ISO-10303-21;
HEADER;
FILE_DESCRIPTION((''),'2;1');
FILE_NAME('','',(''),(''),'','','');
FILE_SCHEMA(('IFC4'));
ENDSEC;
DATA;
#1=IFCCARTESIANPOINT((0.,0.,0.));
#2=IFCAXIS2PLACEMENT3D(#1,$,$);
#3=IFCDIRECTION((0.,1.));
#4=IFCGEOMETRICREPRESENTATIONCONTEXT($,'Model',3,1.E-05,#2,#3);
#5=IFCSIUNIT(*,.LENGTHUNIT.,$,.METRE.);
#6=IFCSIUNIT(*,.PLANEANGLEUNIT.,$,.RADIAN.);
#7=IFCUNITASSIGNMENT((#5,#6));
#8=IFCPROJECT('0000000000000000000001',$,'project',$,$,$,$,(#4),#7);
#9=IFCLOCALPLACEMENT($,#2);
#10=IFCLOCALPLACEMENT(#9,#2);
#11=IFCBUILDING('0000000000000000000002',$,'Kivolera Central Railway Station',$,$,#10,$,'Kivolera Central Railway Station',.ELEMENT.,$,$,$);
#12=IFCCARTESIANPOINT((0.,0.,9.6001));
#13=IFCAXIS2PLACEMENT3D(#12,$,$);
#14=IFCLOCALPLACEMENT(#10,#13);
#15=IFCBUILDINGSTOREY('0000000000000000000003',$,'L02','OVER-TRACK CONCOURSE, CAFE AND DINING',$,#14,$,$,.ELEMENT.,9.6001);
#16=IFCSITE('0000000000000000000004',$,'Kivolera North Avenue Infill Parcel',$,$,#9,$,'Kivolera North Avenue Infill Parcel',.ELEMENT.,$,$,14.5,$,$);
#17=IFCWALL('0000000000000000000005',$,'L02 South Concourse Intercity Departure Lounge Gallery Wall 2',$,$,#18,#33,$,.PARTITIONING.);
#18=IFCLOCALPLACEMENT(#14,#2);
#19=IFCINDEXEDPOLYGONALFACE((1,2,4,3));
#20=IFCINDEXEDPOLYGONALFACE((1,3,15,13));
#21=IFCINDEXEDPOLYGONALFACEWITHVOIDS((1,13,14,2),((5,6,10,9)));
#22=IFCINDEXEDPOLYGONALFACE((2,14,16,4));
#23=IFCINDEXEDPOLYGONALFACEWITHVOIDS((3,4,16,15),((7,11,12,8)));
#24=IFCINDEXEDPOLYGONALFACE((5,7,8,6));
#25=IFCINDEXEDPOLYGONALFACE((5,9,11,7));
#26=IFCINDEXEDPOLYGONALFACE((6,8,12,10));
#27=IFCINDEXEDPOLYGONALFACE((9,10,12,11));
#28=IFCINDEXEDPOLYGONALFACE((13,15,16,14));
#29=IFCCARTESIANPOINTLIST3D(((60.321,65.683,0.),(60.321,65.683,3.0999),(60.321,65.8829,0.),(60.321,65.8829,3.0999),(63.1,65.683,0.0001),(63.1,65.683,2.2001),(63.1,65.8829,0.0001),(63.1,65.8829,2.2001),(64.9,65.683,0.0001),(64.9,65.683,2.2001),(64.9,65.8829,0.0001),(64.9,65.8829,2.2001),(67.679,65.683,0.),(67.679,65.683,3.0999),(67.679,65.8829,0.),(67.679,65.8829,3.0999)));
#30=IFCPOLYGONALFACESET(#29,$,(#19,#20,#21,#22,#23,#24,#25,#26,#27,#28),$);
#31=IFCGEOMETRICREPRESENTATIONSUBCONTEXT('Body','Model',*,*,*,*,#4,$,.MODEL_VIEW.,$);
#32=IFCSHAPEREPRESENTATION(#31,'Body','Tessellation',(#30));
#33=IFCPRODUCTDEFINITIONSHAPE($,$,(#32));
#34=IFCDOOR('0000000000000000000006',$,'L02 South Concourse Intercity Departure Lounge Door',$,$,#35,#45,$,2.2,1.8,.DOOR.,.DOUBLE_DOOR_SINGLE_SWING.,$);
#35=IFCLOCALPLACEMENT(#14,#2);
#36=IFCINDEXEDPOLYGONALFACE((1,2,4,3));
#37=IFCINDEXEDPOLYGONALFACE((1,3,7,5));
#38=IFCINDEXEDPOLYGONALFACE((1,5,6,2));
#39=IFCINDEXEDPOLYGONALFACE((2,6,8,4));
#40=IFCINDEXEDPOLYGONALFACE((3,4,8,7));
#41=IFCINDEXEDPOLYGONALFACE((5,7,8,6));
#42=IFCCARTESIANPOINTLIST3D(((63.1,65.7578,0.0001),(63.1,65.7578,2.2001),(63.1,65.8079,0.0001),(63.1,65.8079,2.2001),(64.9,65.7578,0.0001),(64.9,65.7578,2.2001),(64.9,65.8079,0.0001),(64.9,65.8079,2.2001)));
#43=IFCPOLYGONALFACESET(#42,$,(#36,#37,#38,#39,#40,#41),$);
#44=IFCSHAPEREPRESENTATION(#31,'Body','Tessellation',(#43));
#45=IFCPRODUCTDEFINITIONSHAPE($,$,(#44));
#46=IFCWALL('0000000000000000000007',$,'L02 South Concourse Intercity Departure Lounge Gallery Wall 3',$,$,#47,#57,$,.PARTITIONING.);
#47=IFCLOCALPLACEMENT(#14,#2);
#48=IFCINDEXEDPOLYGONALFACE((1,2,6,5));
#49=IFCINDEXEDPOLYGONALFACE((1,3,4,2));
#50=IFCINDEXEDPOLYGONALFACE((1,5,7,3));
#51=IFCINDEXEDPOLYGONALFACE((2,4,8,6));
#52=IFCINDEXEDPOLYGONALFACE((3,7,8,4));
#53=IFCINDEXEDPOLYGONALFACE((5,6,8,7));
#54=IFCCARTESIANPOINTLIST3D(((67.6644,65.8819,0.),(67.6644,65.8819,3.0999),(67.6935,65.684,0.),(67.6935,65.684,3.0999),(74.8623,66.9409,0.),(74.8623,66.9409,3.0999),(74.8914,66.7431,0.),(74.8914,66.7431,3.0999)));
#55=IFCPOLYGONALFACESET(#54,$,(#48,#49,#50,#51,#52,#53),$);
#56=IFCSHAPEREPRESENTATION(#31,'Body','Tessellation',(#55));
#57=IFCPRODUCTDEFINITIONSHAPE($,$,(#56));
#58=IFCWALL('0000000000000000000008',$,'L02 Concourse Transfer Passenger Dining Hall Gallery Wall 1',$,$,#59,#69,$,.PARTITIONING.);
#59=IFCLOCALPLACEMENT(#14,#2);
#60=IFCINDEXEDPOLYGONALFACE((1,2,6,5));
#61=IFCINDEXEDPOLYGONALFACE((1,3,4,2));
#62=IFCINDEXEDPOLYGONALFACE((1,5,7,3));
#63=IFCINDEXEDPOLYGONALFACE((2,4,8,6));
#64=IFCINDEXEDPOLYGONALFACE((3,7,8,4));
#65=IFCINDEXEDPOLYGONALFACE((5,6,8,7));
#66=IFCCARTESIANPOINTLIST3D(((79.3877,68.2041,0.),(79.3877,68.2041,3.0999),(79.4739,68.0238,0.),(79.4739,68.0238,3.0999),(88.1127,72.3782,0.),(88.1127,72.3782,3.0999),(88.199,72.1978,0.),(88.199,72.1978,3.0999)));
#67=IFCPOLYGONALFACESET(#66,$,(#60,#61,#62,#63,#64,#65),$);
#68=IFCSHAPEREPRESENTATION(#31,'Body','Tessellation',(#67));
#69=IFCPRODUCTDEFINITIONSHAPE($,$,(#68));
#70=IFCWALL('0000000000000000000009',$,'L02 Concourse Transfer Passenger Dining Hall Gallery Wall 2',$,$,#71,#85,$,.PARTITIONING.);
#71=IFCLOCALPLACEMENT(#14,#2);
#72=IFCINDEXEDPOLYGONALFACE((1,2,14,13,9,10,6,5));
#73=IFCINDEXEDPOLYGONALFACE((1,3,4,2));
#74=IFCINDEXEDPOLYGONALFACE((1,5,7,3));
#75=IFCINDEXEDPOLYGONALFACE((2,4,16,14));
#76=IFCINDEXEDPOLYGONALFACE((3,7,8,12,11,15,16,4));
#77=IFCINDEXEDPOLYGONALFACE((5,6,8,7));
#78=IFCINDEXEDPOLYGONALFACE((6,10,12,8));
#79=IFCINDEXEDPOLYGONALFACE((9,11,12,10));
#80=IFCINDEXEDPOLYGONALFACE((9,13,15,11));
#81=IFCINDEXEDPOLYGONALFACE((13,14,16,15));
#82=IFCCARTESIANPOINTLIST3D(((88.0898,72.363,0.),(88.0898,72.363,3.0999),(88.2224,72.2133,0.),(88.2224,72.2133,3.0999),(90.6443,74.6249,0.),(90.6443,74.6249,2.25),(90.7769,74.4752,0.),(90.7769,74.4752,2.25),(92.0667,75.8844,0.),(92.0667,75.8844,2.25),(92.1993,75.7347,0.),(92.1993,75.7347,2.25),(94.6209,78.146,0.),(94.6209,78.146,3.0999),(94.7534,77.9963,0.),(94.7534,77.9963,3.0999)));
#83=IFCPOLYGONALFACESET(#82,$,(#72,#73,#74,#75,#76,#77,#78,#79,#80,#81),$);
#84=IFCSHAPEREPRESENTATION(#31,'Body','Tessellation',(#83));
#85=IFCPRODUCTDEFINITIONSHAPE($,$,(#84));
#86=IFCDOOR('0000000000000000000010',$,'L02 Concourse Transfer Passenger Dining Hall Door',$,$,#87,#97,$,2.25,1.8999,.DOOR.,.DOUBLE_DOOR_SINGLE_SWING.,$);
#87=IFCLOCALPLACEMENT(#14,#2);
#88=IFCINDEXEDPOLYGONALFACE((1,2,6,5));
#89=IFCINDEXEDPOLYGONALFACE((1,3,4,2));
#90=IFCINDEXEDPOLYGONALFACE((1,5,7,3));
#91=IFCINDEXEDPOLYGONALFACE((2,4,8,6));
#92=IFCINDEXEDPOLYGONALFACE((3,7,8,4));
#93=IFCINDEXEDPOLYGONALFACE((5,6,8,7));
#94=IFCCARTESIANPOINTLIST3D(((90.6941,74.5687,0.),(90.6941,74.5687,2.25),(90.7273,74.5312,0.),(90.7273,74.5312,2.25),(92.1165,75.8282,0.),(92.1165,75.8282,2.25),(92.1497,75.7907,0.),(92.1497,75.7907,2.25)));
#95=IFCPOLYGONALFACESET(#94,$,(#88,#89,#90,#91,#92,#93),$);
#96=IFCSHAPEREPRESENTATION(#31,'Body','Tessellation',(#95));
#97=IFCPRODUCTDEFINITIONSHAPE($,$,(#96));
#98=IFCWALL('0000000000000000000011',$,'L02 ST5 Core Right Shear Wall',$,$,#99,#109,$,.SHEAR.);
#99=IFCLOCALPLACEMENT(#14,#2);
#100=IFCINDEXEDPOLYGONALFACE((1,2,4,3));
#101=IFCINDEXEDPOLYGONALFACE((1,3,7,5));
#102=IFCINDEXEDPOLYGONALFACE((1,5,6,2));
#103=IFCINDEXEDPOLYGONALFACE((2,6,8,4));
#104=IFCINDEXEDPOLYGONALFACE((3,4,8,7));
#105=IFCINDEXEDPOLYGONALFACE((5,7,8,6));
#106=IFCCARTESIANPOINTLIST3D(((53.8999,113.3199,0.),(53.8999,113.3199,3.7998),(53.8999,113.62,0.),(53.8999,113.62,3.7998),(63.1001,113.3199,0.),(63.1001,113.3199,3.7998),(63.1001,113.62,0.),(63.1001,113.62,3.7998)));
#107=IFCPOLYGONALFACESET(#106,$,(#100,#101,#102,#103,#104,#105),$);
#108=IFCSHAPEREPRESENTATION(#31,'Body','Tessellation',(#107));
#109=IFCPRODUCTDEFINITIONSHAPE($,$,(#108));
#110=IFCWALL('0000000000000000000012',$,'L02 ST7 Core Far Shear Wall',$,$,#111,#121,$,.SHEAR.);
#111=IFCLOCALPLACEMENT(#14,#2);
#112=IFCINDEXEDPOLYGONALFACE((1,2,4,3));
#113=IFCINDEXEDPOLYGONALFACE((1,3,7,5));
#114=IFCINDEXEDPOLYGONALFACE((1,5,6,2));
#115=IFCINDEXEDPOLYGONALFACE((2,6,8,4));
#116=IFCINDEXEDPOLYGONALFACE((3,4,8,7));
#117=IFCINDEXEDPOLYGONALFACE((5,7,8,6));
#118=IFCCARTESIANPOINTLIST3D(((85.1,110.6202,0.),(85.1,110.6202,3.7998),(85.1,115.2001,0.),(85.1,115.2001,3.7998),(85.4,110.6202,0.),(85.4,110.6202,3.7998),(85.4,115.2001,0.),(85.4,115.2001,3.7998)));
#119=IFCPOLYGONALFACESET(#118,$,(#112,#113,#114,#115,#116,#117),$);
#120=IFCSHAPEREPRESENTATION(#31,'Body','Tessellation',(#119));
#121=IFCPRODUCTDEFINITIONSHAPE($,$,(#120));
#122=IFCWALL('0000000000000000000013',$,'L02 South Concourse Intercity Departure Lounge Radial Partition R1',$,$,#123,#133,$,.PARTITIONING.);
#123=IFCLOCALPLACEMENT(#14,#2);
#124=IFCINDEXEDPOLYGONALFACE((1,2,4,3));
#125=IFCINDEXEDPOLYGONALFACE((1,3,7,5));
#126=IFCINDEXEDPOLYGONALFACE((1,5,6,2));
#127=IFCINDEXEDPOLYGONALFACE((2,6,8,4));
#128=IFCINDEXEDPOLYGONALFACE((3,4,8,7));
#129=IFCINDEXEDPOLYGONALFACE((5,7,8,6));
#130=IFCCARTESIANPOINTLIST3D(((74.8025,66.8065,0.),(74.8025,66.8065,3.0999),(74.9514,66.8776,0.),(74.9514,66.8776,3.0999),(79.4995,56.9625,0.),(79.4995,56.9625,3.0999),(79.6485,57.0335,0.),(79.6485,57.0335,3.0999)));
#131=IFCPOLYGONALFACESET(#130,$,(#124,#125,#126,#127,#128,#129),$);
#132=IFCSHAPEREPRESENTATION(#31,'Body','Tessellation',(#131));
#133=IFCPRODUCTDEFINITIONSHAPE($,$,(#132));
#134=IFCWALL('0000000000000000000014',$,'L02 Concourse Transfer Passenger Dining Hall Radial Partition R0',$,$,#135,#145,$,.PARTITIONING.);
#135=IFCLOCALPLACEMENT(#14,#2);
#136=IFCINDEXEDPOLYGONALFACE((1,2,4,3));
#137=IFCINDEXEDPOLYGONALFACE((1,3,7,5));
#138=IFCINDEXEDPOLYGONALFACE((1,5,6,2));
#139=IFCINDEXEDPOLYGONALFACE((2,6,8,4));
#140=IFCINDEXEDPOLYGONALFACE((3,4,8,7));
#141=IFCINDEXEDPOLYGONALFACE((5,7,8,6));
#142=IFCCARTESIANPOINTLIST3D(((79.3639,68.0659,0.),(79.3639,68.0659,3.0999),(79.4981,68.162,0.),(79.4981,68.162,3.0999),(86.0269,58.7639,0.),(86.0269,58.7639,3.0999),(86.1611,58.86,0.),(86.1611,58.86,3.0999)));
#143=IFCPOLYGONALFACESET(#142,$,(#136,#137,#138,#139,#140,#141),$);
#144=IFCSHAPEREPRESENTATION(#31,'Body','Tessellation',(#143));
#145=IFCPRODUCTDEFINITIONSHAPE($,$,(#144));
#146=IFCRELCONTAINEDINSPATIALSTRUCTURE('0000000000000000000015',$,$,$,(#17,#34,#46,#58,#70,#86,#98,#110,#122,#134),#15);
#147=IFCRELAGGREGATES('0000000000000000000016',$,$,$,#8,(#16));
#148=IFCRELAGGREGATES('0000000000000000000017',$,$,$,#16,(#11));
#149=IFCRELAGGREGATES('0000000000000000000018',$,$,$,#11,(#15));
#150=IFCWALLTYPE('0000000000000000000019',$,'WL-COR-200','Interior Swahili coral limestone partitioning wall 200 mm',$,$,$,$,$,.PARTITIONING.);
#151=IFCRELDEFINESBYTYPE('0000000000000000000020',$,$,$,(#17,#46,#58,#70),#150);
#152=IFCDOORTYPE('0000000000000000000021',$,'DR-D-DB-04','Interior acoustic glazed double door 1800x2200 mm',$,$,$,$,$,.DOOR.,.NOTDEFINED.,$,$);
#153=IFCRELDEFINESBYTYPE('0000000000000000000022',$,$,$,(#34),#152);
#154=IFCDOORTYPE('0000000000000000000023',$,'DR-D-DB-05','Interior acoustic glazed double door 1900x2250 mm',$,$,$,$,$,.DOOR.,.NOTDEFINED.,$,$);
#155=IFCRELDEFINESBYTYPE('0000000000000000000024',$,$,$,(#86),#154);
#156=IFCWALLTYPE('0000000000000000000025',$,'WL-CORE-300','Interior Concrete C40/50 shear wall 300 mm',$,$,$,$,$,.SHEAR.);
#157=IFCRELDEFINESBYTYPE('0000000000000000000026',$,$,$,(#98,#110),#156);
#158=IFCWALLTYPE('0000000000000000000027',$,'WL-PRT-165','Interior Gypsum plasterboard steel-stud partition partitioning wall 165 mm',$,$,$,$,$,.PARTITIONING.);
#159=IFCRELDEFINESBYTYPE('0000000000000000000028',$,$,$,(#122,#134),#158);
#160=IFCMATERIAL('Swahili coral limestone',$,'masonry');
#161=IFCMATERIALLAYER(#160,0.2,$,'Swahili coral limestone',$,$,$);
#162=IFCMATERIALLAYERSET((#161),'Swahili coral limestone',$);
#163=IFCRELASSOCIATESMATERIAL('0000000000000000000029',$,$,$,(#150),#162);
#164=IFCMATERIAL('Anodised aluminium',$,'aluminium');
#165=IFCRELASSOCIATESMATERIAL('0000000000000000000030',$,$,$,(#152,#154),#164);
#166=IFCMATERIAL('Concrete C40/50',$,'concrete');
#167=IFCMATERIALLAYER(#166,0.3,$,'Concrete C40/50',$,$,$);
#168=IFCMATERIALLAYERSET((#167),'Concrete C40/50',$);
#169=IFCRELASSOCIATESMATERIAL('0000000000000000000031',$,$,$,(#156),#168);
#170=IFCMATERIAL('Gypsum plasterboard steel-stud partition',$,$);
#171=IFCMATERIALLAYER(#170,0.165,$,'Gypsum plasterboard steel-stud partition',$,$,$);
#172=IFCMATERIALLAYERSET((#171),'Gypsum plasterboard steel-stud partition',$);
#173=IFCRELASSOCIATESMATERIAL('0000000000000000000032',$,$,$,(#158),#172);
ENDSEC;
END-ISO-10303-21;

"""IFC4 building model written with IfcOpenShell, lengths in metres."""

from ifc_helpers import new_model, si_unit, direction, frame, frame_2d, origin, place, context, subcontext, project, spatial, rectangle, extrude, material, layer, layer_set, type_object, element, fill, save


model = new_model("IFC4")

# Units and contexts
model_context = context("Model", 3, precision=1e-05, world=origin(), true_north=direction((0.0, 1.0)))
body_context = subcontext(model_context, "Body", "Model", "MODEL_VIEW")
ifc_project = project(units=[si_unit("LENGTHUNIT", "METRE"), si_unit("PLANEANGLEUNIT", "RADIAN")], contexts=[model_context])

# Site, building, storey
site_placement = place(None, origin())
site = spatial("IfcSite", under=ifc_project, at=site_placement, Name="Kivolera North Avenue Infill Parcel", LongName="Kivolera North Avenue Infill Parcel", CompositionType="ELEMENT", RefElevation=14.5)
building_placement = place(site_placement, origin())
building = spatial("IfcBuilding", under=site, at=building_placement, Name="Kivolera Central Railway Station", LongName="Kivolera Central Railway Station", CompositionType="ELEMENT")
storey_placement = place(building_placement, frame((0.0, 0.0, 9.6001)))
storey = spatial("IfcBuildingStorey", under=building, at=storey_placement, Name="L02", Description="OVER-TRACK CONCOURSE, CAFE AND DINING", CompositionType="ELEMENT", Elevation=9.6001)

# Wall, opening, door
ifc_material_1 = material(Name="Swahili coral limestone", Category="masonry")
ifc_layer_1 = layer(ifc_material_1, 0.2, Name="Swahili coral limestone")
ifc_layer_set_1 = layer_set([ifc_layer_1], Name="Swahili coral limestone")
wall_type_1 = type_object("IfcWallType", Name="WL-COR-200", Description="Interior Swahili coral limestone partitioning wall 200 mm", PredefinedType="PARTITIONING", material=ifc_layer_set_1)
wall_1_placement = place(storey_placement, frame((60.321, 65.783, 0.0), z_axis=(0.0, 0.0, 1.0), x_axis=(1.0, 0.0, 0.0)))
wall_1 = element("IfcWall", 1, at=wall_1_placement, inside=storey, type_object=wall_type_1, Name="L02 South Concourse Intercity Departure Lounge Gallery Wall 2", PredefinedType="PARTITIONING", context=body_context, shape_type="SweptSolid", body=[
    extrude(rectangle(XDim=7.3579, YDim=0.2, at=frame_2d((3.679, 0.0))), origin(), (0.0, 0.0, 1.0), 3.0999),
])
opening_1_placement = place(wall_1_placement, frame((2.7791, 0.0, 0.0)))
opening_1 = element("IfcOpeningElement", 2, at=opening_1_placement, cuts=wall_1, PredefinedType="OPENING", context=body_context, shape_type="SweptSolid", body=[
    extrude(rectangle(XDim=1.8, YDim=2.2, at=frame_2d((0.8999, 1.1001))), frame((0.0, 0.1099, 0.0), z_axis=(0.0, -1.0, 0.0), x_axis=(1.0, 0.0, 0.0)), (0.0, 0.0, 1.0), 0.22),
])
ifc_material_2 = material(Name="Anodised aluminium", Category="aluminium")
door_type_1 = type_object("IfcDoorType", Name="DR-D-DB-04", Description="Interior acoustic glazed double door 1800x2200 mm", OperationType="NOTDEFINED", PredefinedType="DOOR", material=ifc_material_2)
door_1_placement = place(opening_1_placement, origin())
door_1 = element("IfcDoor", 3, at=door_1_placement, inside=storey, type_object=door_type_1, Name="L02 South Concourse Intercity Departure Lounge Door", OperationType="DOUBLE_DOOR_SINGLE_SWING", OverallHeight=2.2, OverallWidth=1.8, PredefinedType="DOOR", context=body_context, shape_type="SweptSolid", body=[
    extrude(rectangle(XDim=1.8, YDim=2.2, at=frame_2d((0.8999, 1.1001))), frame((0.0, 0.0249, 0.0), z_axis=(0.0, -1.0, 0.0), x_axis=(1.0, 0.0, 0.0)), (0.0, 0.0, 1.0), 0.05),
])
fill(opening_1, door_1)

# Walls
wall_2_placement = place(storey_placement, frame((67.679, 65.783, 0.0), z_axis=(0.0, 0.0, 1.0), x_axis=(0.989348, 0.145568, 0.0)))
element("IfcWall", 4, at=wall_2_placement, inside=storey, type_object=wall_type_1, Name="L02 South Concourse Intercity Departure Lounge Gallery Wall 3", PredefinedType="PARTITIONING", context=body_context, shape_type="SweptSolid", body=[
    extrude(rectangle(XDim=7.2754, YDim=0.2, at=frame_2d((3.6377, 0.0))), origin(), (0.0, 0.0, 1.0), 3.0999),
])
wall_3_placement = place(storey_placement, frame((79.4309, 68.114, 0.0), z_axis=(0.0, 0.0, 1.0), x_axis=(0.902086, 0.431556, 0.0)))
element("IfcWall", 5, at=wall_3_placement, inside=storey, type_object=wall_type_1, Name="L02 Concourse Transfer Passenger Dining Hall Gallery Wall 1", PredefinedType="PARTITIONING", context=body_context, shape_type="SweptSolid", body=[
    extrude(rectangle(XDim=9.6721, YDim=0.2, at=frame_2d((4.8359, 0.0))), origin(), (0.0, 0.0, 1.0), 3.0999),
])

# Wall, opening, door
wall_4_placement = place(storey_placement, frame((88.156, 72.2881, 0.0), z_axis=(0.0, 0.0, 1.0), x_axis=(0.748682, 0.662929, 0.0)))
wall_4 = element("IfcWall", 6, at=wall_4_placement, inside=storey, type_object=wall_type_1, Name="L02 Concourse Transfer Passenger Dining Hall Gallery Wall 2", PredefinedType="PARTITIONING", context=body_context, shape_type="SweptSolid", body=[
    extrude(rectangle(XDim=8.7234, YDim=0.2, at=frame_2d((4.3618, 0.0))), origin(), (0.0, 0.0, 1.0), 3.0999),
])
opening_2_placement = place(wall_4_placement, frame((3.4121, 0.0, 0.0)))
opening_2 = element("IfcOpeningElement", 7, at=opening_2_placement, cuts=wall_4, PredefinedType="OPENING", context=body_context, shape_type="SweptSolid", body=[
    extrude(rectangle(XDim=1.8999, YDim=2.25, at=frame_2d((0.95, 1.125))), frame((0.0, 0.1099, 0.0), z_axis=(0.0, -1.0, 0.0), x_axis=(1.0, 0.0, 0.0)), (0.0, 0.0, 1.0), 0.22),
])
door_type_2 = type_object("IfcDoorType", Name="DR-D-DB-05", Description="Interior acoustic glazed double door 1900x2250 mm", OperationType="NOTDEFINED", PredefinedType="DOOR", material=ifc_material_2)
door_2_placement = place(opening_2_placement, origin())
door_2 = element("IfcDoor", 8, at=door_2_placement, inside=storey, type_object=door_type_2, Name="L02 Concourse Transfer Passenger Dining Hall Door", OperationType="DOUBLE_DOOR_SINGLE_SWING", OverallHeight=2.25, OverallWidth=1.8999, PredefinedType="DOOR", context=body_context, shape_type="SweptSolid", body=[
    extrude(rectangle(XDim=1.8999, YDim=2.25, at=frame_2d((0.95, 1.125))), frame((0.0, 0.0249, 0.0), z_axis=(0.0, -1.0, 0.0), x_axis=(1.0, 0.0, 0.0)), (0.0, 0.0, 1.0), 0.05),
])
fill(opening_2, door_2)

# Walls
ifc_material_3 = material(Name="Concrete C40/50", Category="concrete")
ifc_layer_2 = layer(ifc_material_3, 0.3, Name="Concrete C40/50")
ifc_layer_set_2 = layer_set([ifc_layer_2], Name="Concrete C40/50")
wall_type_2 = type_object("IfcWallType", Name="WL-CORE-300", Description="Interior Concrete C40/50 shear wall 300 mm", PredefinedType="SHEAR", material=ifc_layer_set_2)
wall_5_placement = place(storey_placement, frame((63.1001, 113.47, 0.0), z_axis=(0.0, 0.0, 1.0), x_axis=(-1.0, 0.0, 0.0)))
element("IfcWall", 9, at=wall_5_placement, inside=storey, type_object=wall_type_2, Name="L02 ST5 Core Right Shear Wall", PredefinedType="SHEAR", context=body_context, shape_type="SweptSolid", body=[
    extrude(rectangle(XDim=9.2002, YDim=0.3, at=frame_2d((4.6001, 0.0))), origin(), (0.0, 0.0, 1.0), 3.7998),
])
wall_6_placement = place(storey_placement, frame((85.25, 110.6201, 0.0), z_axis=(0.0, 0.0, 1.0), x_axis=(0.0, 1.0, 0.0)))
element("IfcWall", 10, at=wall_6_placement, inside=storey, type_object=wall_type_2, Name="L02 ST7 Core Far Shear Wall", PredefinedType="SHEAR", context=body_context, shape_type="SweptSolid", body=[
    extrude(rectangle(XDim=4.5798, YDim=0.3, at=frame_2d((2.29, 0.0))), origin(), (0.0, 0.0, 1.0), 3.7998),
])
ifc_material_4 = material(Name="Gypsum plasterboard steel-stud partition")
ifc_layer_3 = layer(ifc_material_4, 0.165, Name="Gypsum plasterboard steel-stud partition")
ifc_layer_set_3 = layer_set([ifc_layer_3], Name="Gypsum plasterboard steel-stud partition")
wall_type_3 = type_object("IfcWallType", Name="WL-PRT-165", Description="Interior Gypsum plasterboard steel-stud partition partitioning wall 165 mm", PredefinedType="PARTITIONING", material=ifc_layer_set_3)
wall_7_placement = place(storey_placement, frame((74.877, 66.842, 0.0), z_axis=(0.0, 0.0, 1.0), x_axis=(0.430636, -0.902526, 0.0)))
element("IfcWall", 11, at=wall_7_placement, inside=storey, type_object=wall_type_3, Name="L02 South Concourse Intercity Departure Lounge Radial Partition R1", PredefinedType="PARTITIONING", context=body_context, shape_type="SweptSolid", body=[
    extrude(rectangle(XDim=10.9072, YDim=0.165, at=frame_2d((5.4536, 0.0))), origin(), (0.0, 0.0, 1.0), 3.0999),
])
wall_8_placement = place(storey_placement, frame((79.4309, 68.114, 0.0), z_axis=(0.0, 0.0, 1.0), x_axis=(0.582326, -0.812956, 0.0)))
element("IfcWall", 12, at=wall_8_placement, inside=storey, type_object=wall_type_3, Name="L02 Concourse Transfer Passenger Dining Hall Radial Partition R0", PredefinedType="PARTITIONING", context=body_context, shape_type="SweptSolid", body=[
    extrude(rectangle(XDim=11.4421, YDim=0.165, at=frame_2d((5.7212, 0.0))), origin(), (0.0, 0.0, 1.0), 3.0999),
])

save(model, "model.ifc")
